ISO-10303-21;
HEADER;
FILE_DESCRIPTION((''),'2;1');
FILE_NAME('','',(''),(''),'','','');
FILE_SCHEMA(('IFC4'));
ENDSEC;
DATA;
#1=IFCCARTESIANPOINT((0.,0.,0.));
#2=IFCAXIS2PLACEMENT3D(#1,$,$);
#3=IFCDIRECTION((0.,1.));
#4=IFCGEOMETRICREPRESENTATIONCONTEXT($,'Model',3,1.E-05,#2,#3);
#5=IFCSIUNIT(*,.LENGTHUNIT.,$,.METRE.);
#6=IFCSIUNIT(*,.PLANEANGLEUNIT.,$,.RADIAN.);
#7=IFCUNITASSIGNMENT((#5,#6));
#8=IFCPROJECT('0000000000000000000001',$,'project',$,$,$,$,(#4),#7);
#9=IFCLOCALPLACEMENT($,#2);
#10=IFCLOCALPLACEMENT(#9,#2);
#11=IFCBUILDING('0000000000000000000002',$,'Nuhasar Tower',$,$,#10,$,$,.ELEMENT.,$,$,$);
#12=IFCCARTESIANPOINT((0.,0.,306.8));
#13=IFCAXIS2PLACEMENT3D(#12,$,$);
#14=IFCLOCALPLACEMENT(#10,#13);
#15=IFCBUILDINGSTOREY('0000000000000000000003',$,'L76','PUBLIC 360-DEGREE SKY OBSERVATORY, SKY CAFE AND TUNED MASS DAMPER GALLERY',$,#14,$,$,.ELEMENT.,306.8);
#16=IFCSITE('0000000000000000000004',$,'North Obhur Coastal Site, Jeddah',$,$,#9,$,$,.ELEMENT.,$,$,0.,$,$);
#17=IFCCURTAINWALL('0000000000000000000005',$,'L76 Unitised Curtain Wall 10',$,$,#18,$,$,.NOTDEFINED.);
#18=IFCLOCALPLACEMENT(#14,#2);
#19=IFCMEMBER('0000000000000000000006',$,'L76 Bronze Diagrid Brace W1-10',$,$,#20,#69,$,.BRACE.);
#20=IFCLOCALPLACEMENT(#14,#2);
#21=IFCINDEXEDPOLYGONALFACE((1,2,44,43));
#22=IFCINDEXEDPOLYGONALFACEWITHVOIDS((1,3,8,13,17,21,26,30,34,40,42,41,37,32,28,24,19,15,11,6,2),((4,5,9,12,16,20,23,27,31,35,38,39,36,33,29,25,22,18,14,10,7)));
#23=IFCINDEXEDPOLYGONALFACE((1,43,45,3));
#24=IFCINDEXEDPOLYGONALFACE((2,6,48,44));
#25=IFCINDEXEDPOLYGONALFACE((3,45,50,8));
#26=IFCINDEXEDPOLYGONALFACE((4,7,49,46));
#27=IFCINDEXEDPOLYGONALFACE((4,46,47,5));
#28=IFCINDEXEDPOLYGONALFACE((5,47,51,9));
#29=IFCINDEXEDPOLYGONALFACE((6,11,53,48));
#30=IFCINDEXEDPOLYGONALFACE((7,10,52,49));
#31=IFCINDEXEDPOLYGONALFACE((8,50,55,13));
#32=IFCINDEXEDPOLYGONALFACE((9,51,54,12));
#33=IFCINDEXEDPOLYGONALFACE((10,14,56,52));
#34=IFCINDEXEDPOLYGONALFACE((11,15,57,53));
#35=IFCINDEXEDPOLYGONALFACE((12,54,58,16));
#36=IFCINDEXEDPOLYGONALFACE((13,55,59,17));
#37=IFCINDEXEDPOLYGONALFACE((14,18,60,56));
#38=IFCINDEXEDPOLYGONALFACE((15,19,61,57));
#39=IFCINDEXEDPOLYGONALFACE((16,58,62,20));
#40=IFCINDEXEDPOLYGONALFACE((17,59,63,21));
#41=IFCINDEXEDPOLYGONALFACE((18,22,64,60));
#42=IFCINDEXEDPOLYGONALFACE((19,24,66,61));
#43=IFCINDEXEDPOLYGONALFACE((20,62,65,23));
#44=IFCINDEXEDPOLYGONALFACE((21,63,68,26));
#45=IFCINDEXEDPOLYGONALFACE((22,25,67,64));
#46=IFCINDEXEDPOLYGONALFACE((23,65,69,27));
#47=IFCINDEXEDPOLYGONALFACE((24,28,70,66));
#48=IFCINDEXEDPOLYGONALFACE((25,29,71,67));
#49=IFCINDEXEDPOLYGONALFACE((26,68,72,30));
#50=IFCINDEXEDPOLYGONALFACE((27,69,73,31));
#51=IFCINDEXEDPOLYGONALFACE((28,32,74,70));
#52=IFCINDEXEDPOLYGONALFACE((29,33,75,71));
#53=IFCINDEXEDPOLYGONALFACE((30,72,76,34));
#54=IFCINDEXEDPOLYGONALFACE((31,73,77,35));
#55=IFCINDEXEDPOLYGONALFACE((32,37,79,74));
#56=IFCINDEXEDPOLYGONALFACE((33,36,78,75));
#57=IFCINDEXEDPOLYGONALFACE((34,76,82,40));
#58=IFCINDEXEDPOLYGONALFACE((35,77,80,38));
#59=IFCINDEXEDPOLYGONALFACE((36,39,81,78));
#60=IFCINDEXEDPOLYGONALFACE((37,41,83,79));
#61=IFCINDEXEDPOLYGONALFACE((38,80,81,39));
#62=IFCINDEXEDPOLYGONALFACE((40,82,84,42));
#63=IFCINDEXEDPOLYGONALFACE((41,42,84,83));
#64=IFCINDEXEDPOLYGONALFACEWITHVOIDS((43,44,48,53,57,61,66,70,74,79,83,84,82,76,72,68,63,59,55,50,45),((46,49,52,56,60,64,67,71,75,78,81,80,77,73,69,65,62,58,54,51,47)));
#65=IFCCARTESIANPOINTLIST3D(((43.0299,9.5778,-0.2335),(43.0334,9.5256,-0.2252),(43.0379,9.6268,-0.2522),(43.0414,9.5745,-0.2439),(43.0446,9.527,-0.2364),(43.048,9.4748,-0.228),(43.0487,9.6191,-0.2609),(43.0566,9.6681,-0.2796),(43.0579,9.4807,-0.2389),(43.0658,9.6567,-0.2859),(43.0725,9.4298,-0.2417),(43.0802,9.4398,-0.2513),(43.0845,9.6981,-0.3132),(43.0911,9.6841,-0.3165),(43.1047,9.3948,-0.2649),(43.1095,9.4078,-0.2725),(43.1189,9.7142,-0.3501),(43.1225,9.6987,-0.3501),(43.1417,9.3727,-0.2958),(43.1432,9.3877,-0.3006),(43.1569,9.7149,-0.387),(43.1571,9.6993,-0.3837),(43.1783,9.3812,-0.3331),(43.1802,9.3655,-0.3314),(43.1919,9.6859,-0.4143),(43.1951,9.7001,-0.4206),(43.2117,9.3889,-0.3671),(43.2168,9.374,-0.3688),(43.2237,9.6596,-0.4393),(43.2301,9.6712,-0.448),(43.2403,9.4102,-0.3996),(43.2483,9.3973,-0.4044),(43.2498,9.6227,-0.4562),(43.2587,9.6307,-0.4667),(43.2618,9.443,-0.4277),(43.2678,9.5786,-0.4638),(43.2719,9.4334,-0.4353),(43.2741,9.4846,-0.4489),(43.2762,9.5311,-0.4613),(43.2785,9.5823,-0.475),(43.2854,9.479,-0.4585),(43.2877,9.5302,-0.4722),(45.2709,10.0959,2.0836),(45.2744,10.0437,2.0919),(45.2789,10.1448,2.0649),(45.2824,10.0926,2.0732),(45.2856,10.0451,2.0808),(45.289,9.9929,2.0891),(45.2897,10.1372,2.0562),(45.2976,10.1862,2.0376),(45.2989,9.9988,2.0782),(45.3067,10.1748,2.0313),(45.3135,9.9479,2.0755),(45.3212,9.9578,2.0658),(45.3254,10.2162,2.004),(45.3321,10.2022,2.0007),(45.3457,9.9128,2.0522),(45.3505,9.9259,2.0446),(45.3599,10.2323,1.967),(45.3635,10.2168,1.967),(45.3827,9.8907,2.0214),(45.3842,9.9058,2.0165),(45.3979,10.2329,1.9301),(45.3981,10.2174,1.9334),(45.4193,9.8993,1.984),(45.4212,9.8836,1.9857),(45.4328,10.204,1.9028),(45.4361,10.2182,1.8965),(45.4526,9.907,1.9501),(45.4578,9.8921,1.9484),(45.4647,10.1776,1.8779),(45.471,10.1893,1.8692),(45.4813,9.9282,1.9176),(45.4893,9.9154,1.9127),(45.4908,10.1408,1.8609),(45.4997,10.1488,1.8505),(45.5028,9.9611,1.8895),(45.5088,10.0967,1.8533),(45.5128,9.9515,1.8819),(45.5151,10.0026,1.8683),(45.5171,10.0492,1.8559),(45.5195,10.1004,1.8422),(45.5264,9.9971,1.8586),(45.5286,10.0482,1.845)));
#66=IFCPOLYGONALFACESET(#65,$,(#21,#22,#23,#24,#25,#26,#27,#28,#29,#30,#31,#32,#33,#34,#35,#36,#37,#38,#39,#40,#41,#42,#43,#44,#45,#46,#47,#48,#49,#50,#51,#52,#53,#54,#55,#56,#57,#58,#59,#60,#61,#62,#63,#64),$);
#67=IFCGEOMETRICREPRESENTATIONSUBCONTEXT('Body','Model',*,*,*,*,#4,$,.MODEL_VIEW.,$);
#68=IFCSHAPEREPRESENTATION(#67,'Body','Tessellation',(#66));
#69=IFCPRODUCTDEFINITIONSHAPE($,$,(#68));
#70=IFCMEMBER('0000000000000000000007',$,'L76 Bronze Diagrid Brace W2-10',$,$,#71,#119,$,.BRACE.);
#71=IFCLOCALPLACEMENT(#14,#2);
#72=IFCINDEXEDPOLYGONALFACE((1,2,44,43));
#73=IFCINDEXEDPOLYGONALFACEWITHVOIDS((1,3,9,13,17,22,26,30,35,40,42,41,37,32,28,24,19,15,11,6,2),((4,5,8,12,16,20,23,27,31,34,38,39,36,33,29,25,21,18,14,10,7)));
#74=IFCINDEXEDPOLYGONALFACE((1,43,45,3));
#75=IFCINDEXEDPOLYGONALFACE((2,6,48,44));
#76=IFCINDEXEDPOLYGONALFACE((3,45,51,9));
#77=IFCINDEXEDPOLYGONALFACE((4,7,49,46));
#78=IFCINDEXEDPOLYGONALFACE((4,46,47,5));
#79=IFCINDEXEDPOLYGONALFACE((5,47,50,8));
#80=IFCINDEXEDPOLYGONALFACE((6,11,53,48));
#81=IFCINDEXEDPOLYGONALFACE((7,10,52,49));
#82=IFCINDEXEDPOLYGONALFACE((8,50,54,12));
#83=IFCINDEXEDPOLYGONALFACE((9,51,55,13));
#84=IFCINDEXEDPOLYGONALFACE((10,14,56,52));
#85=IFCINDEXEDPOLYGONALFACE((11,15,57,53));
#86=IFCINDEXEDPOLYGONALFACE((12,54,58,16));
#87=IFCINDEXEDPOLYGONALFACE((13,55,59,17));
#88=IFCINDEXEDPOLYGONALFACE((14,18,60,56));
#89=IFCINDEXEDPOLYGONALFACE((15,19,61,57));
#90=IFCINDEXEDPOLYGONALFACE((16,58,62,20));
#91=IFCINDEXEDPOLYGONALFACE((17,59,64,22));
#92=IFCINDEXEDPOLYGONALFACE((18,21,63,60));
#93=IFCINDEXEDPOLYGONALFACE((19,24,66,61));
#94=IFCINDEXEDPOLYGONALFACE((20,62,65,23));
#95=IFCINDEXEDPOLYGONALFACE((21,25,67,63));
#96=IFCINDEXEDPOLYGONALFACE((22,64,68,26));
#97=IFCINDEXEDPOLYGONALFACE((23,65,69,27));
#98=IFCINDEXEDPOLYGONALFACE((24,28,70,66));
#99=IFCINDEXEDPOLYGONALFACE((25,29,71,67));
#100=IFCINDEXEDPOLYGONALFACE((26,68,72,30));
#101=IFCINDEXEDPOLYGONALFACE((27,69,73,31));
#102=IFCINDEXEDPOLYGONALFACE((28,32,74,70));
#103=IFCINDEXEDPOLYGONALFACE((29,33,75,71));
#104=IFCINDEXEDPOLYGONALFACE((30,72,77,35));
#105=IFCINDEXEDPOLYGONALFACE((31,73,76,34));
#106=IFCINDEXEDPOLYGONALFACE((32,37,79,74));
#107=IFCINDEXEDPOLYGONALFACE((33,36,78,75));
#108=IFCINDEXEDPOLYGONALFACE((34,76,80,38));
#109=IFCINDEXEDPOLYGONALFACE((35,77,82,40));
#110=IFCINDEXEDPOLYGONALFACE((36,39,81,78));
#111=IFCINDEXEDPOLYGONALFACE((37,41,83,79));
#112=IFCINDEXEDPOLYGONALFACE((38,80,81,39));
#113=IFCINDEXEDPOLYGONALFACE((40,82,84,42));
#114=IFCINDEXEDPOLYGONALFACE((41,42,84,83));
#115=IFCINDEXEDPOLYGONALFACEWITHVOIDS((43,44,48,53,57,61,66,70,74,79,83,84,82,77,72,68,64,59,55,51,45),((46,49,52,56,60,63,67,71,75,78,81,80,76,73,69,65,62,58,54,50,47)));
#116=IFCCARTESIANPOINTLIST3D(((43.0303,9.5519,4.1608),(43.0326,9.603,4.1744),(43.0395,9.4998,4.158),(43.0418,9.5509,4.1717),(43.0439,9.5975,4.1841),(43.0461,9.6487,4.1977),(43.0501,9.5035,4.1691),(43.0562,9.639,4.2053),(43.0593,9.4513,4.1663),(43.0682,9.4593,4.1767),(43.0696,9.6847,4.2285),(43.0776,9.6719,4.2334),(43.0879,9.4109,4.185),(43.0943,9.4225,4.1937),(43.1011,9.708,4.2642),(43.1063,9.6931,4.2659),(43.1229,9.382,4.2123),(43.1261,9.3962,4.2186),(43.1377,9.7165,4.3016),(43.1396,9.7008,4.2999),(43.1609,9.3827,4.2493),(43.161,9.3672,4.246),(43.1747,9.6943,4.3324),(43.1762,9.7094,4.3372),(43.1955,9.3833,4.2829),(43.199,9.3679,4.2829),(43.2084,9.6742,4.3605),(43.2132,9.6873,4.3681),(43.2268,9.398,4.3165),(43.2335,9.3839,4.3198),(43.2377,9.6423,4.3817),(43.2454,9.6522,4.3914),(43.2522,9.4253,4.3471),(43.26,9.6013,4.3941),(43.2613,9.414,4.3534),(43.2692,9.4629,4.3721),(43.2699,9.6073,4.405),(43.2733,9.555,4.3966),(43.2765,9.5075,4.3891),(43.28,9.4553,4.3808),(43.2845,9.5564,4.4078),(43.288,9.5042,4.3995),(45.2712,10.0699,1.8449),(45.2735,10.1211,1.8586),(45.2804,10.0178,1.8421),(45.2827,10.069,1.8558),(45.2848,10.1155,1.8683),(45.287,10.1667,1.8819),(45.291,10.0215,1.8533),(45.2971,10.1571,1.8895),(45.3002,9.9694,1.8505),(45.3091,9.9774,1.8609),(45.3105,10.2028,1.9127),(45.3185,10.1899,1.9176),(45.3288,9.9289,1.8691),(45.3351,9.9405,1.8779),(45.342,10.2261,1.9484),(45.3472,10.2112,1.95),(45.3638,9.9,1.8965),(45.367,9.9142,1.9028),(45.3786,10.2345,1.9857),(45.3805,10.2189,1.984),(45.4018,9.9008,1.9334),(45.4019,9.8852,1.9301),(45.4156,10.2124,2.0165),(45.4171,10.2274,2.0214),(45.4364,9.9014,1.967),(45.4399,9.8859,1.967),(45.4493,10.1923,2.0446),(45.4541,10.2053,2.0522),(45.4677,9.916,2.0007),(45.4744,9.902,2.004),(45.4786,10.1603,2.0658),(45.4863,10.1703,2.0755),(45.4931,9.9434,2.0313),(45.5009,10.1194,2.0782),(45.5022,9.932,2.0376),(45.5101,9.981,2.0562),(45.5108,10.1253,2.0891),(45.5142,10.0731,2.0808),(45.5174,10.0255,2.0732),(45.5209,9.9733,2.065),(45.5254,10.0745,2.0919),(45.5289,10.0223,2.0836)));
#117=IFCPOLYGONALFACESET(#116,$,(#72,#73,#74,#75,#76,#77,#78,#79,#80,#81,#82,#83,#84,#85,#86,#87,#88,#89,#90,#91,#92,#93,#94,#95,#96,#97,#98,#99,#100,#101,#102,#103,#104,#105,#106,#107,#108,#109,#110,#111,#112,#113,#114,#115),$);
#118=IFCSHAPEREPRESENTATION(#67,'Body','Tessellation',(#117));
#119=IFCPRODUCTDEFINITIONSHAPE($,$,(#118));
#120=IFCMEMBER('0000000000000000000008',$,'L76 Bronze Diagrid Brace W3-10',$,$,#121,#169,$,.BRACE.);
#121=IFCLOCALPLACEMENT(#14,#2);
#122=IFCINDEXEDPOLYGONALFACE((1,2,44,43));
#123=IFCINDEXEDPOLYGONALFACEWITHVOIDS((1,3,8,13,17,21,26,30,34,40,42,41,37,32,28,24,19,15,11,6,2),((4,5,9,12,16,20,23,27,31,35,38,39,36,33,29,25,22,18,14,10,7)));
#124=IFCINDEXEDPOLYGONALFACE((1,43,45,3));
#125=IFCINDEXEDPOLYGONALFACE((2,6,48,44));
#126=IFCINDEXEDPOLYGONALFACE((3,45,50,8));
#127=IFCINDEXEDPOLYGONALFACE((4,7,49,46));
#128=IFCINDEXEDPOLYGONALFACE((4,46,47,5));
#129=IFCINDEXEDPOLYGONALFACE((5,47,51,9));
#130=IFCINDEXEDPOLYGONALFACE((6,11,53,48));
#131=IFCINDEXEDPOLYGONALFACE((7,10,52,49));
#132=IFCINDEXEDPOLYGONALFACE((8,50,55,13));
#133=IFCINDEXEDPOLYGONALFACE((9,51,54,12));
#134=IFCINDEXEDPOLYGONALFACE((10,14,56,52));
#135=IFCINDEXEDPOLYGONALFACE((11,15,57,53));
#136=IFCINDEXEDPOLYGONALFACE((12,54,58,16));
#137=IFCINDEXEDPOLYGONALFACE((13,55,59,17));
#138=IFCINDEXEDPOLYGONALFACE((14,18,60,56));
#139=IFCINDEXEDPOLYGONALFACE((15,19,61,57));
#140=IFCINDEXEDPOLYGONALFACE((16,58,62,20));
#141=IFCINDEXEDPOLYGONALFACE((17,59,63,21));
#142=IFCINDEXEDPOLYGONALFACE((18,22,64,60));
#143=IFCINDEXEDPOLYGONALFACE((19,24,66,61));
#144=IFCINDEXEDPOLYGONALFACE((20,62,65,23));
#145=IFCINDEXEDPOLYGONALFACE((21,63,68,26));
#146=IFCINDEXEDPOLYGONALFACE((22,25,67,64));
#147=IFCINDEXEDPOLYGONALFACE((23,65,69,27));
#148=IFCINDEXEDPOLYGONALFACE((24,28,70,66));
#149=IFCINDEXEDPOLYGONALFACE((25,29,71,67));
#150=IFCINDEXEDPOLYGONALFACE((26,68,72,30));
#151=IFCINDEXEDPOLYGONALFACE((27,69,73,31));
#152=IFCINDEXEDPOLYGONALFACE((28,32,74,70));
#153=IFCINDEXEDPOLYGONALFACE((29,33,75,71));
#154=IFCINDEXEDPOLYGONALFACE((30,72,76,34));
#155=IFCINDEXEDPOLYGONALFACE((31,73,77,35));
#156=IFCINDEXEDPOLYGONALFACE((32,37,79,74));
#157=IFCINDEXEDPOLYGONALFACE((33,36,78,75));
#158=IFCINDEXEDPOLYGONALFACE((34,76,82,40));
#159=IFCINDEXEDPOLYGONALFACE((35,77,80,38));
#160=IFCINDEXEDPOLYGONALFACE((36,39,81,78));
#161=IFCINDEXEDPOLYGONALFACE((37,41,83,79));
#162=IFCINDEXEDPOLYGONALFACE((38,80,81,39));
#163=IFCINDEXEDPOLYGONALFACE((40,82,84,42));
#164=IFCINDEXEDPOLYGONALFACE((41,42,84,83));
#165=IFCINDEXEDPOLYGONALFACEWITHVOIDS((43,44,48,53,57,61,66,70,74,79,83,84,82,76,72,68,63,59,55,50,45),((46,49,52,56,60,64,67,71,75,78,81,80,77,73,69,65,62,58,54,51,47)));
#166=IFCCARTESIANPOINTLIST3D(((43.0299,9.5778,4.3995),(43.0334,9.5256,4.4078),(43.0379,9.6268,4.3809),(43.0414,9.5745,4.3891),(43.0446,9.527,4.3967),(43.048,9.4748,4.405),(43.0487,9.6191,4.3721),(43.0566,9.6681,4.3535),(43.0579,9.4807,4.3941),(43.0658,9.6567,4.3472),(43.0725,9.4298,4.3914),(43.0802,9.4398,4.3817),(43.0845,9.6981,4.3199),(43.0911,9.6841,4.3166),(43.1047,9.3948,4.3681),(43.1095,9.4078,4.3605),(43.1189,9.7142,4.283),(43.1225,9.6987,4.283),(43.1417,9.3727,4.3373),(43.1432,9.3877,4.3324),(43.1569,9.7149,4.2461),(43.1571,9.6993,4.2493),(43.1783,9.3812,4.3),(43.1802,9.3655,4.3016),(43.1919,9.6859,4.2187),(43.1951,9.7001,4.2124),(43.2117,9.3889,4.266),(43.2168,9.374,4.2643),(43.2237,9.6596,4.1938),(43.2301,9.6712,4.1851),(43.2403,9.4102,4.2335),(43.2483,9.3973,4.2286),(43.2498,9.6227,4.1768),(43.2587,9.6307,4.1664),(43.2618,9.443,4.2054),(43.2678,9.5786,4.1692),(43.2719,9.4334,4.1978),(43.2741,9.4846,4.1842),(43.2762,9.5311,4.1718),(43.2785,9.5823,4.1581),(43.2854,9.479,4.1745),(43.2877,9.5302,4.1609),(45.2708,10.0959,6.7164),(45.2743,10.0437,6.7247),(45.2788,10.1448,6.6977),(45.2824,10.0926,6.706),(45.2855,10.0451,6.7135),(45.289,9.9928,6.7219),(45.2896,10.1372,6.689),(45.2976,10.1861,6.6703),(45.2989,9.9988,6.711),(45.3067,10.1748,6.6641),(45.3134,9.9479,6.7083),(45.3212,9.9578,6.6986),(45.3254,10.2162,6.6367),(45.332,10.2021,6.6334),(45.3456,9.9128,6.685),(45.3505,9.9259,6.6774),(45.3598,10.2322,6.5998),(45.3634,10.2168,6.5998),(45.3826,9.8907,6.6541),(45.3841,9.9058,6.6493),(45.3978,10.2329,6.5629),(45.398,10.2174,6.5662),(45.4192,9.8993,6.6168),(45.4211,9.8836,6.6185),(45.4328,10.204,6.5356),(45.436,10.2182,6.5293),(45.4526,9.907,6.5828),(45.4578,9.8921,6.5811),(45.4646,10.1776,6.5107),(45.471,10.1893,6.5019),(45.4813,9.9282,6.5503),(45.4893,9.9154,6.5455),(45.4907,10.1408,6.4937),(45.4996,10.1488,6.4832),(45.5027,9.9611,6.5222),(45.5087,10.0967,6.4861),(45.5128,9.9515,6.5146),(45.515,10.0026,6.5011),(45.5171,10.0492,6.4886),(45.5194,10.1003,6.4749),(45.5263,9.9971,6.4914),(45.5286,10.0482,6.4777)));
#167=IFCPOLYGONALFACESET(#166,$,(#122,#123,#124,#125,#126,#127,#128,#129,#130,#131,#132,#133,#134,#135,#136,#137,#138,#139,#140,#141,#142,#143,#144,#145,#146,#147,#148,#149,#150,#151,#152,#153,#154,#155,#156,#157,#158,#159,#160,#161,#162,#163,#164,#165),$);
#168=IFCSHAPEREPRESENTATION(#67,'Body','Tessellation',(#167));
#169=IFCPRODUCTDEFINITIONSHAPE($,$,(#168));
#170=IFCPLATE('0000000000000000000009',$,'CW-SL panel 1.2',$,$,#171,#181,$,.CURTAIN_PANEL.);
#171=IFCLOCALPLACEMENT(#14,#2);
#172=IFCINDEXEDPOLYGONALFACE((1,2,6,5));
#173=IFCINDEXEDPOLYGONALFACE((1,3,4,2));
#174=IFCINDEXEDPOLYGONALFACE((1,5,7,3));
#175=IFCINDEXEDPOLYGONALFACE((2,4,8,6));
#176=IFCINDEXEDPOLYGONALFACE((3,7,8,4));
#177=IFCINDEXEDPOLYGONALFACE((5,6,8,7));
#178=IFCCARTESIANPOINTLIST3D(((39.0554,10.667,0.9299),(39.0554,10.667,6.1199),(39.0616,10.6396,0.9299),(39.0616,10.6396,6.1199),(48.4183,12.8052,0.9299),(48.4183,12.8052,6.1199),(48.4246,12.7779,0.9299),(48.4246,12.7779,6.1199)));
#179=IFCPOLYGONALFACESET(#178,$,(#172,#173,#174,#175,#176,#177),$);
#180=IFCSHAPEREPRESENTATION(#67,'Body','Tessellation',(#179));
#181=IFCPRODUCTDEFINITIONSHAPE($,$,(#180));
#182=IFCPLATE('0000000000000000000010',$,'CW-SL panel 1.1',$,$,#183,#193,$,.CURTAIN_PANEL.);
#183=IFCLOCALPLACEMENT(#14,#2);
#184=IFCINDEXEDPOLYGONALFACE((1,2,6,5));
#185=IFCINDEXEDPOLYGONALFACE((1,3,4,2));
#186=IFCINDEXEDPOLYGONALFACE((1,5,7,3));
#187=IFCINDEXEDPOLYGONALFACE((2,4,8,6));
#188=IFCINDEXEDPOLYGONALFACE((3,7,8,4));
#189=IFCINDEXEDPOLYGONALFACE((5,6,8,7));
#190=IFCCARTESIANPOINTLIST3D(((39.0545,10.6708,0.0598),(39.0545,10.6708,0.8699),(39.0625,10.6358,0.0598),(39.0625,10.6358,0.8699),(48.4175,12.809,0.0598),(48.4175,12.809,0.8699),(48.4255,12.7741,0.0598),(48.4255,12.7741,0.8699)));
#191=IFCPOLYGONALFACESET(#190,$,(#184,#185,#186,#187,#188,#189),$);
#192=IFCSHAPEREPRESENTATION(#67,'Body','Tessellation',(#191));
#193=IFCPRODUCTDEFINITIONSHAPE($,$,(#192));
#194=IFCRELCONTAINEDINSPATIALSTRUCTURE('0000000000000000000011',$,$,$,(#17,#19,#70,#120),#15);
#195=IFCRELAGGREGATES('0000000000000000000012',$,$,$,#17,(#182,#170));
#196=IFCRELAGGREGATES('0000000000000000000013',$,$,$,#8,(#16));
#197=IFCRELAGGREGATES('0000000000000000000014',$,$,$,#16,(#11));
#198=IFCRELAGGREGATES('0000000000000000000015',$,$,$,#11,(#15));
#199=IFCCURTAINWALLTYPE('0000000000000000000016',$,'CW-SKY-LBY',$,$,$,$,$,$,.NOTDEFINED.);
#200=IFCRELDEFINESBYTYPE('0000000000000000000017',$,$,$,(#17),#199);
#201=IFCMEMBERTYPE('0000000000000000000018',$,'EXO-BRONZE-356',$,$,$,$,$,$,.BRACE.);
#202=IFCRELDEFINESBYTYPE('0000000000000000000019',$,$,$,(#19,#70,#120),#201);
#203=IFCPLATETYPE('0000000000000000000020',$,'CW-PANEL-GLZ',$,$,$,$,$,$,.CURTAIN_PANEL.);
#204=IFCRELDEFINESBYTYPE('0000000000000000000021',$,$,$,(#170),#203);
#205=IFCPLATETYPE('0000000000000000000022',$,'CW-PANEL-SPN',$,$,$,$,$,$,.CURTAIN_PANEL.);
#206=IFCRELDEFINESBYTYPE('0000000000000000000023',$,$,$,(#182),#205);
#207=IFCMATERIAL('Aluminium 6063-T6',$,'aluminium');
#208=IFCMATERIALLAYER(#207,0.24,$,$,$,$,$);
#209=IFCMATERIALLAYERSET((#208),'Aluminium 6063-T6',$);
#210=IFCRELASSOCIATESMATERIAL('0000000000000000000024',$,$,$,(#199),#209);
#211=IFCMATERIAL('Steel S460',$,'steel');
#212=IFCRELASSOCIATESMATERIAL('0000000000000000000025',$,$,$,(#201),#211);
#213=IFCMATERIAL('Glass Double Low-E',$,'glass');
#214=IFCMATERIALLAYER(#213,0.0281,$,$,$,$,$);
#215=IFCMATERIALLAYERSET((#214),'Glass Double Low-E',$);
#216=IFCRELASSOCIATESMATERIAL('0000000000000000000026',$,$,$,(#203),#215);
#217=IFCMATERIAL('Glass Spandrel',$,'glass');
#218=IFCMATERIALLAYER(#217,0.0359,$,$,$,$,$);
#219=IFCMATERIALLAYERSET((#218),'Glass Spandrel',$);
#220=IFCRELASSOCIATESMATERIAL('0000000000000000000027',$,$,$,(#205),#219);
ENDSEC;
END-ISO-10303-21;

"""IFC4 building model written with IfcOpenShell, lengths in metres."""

from ifc_helpers import new_model, si_unit, direction, frame, origin, origin_2d, place, context, subcontext, project, spatial, rectangle, hollow_circle, extrude, material, layer, layer_set, material_profile, profile_set, type_object, element, aggregate, save


model = new_model("IFC4")

# Units and contexts
model_context = context("Model", 3, precision=1e-05, world=origin(), true_north=direction((0.0, 1.0)))
body_context = subcontext(model_context, "Body", "Model", "MODEL_VIEW")
ifc_project = project(units=[si_unit("LENGTHUNIT", "METRE"), si_unit("PLANEANGLEUNIT", "RADIAN")], contexts=[model_context])

# Site, building, storey
site_placement = place(None, origin())
site = spatial("IfcSite", under=ifc_project, at=site_placement, Name="North Obhur Coastal Site, Jeddah", CompositionType="ELEMENT", RefElevation=0.0)
building_placement = place(site_placement, origin())
building = spatial("IfcBuilding", under=site, at=building_placement, Name="Nuhasar Tower", CompositionType="ELEMENT")
storey_placement = place(building_placement, frame((0.0, 0.0, 306.8)))
storey = spatial("IfcBuildingStorey", under=building, at=storey_placement, Name="L76", Description="PUBLIC 360-DEGREE SKY OBSERVATORY, SKY CAFE AND TUNED MASS DAMPER GALLERY", CompositionType="ELEMENT", Elevation=306.8)

# Shared definitions
ifc_material_1 = material(Name="Steel S460", Category="steel")

# Shared definitions
ifc_material_2 = material(Name="Aluminium 6063-T6", Category="aluminium")
ifc_layer_1 = layer(ifc_material_2, 0.24)
ifc_layer_set_1 = layer_set([ifc_layer_1], Name="Aluminium 6063-T6")
curtain_wall_type = type_object("IfcCurtainWallType", Name="CW-SKY-LBY", PredefinedType="NOTDEFINED", material=ifc_layer_set_1)

# Curtain wall
curtain_wall_1_placement = place(storey_placement, origin())
curtain_wall_1 = element("IfcCurtainWall", 1, at=curtain_wall_1_placement, inside=storey, type_object=curtain_wall_type, Name="L76 Unitised Curtain Wall 10", PredefinedType="NOTDEFINED")

# Members
ifc_material_profile_1 = material_profile(ifc_material_1, hollow_circle(Radius=0.1777, WallThickness=0.0159, at=origin_2d()), Name="HSS355.6X15.9")
ifc_profile_set_1 = profile_set([ifc_material_profile_1], Name="Steel S460")
member_type_1 = type_object("IfcMemberType", Name="EXO-BRONZE-356", PredefinedType="BRACE", material=ifc_profile_set_1)
member_1_placement = place(storey_placement, frame((43.1589, 9.541, -0.3501), z_axis=(0.686385, 0.158678, 0.709716), x_axis=(-0.225239, 0.974303, 0.0)))
element("IfcMember", 2, at=member_1_placement, inside=storey, type_object=member_type_1, Name="L76 Bronze Diagrid Brace W1-10", PredefinedType="BRACE", context=body_context, shape_type="SweptSolid", body=[
    extrude(hollow_circle(Radius=0.1777, WallThickness=0.0159, at=origin_2d()), origin(), (0.0, 0.0, 1.0), 3.2649),
])
member_2_placement = place(storey_placement, frame((45.3999, 10.0591, 1.967), z_axis=(-0.686567, -0.158721, 0.70953), x_axis=(0.225239, -0.974303, 0.0)))
element("IfcMember", 3, at=member_2_placement, inside=storey, type_object=member_type_1, Name="L76 Bronze Diagrid Brace W2-10", PredefinedType="BRACE", context=body_context, shape_type="SweptSolid", body=[
    extrude(hollow_circle(Radius=0.1777, WallThickness=0.0159, at=origin_2d()), origin(), (0.0, 0.0, 1.0), 3.2639),
])
member_3_placement = place(storey_placement, frame((43.1589, 9.541, 4.283), z_axis=(0.686422, 0.158687, 0.709679), x_axis=(-0.225239, 0.974303, 0.0)))
element("IfcMember", 4, at=member_3_placement, inside=storey, type_object=member_type_1, Name="L76 Bronze Diagrid Brace W3-10", PredefinedType="BRACE", context=body_context, shape_type="SweptSolid", body=[
    extrude(hollow_circle(Radius=0.1777, WallThickness=0.0159, at=origin_2d()), origin(), (0.0, 0.0, 1.0), 3.2646),
])

# Plates
ifc_material_3 = material(Name="Glass Double Low-E", Category="glass")
ifc_layer_2 = layer(ifc_material_3, 0.0281)
ifc_layer_set_2 = layer_set([ifc_layer_2], Name="Glass Double Low-E")
plate_type_1 = type_object("IfcPlateType", Name="CW-PANEL-GLZ", PredefinedType="CURTAIN_PANEL", material=ifc_layer_set_2)
plate_1_placement = place(storey_placement, frame((43.74, 11.7224, 0.9299), z_axis=(0.0, 0.0, 1.0), x_axis=(0.9749, 0.222643, 0.0)))
plate_1 = element("IfcPlate", 5, at=plate_1_placement, type_object=plate_type_1, Name="CW-SL panel 1.2", PredefinedType="CURTAIN_PANEL", context=body_context, shape_type="SweptSolid", body=[
    extrude(rectangle(XDim=9.604, YDim=0.0281, at=origin_2d()), origin(), (0.0, 0.0, 1.0), 5.1899),
])
ifc_material_4 = material(Name="Glass Spandrel", Category="glass")
ifc_layer_3 = layer(ifc_material_4, 0.0359)
ifc_layer_set_3 = layer_set([ifc_layer_3], Name="Glass Spandrel")
plate_type_2 = type_object("IfcPlateType", Name="CW-PANEL-SPN", PredefinedType="CURTAIN_PANEL", material=ifc_layer_set_3)
plate_2_placement = place(storey_placement, frame((43.74, 11.7224, 0.0598), z_axis=(0.0, 0.0, 1.0), x_axis=(0.9749, 0.222643, 0.0)))
plate_2 = element("IfcPlate", 6, at=plate_2_placement, type_object=plate_type_2, Name="CW-SL panel 1.1", PredefinedType="CURTAIN_PANEL", context=body_context, shape_type="SweptSolid", body=[
    extrude(rectangle(XDim=9.604, YDim=0.0359, at=origin_2d()), origin(), (0.0, 0.0, 1.0), 0.8101),
])
aggregate(curtain_wall_1, [plate_2, plate_1])

save(model, "model.ifc")
